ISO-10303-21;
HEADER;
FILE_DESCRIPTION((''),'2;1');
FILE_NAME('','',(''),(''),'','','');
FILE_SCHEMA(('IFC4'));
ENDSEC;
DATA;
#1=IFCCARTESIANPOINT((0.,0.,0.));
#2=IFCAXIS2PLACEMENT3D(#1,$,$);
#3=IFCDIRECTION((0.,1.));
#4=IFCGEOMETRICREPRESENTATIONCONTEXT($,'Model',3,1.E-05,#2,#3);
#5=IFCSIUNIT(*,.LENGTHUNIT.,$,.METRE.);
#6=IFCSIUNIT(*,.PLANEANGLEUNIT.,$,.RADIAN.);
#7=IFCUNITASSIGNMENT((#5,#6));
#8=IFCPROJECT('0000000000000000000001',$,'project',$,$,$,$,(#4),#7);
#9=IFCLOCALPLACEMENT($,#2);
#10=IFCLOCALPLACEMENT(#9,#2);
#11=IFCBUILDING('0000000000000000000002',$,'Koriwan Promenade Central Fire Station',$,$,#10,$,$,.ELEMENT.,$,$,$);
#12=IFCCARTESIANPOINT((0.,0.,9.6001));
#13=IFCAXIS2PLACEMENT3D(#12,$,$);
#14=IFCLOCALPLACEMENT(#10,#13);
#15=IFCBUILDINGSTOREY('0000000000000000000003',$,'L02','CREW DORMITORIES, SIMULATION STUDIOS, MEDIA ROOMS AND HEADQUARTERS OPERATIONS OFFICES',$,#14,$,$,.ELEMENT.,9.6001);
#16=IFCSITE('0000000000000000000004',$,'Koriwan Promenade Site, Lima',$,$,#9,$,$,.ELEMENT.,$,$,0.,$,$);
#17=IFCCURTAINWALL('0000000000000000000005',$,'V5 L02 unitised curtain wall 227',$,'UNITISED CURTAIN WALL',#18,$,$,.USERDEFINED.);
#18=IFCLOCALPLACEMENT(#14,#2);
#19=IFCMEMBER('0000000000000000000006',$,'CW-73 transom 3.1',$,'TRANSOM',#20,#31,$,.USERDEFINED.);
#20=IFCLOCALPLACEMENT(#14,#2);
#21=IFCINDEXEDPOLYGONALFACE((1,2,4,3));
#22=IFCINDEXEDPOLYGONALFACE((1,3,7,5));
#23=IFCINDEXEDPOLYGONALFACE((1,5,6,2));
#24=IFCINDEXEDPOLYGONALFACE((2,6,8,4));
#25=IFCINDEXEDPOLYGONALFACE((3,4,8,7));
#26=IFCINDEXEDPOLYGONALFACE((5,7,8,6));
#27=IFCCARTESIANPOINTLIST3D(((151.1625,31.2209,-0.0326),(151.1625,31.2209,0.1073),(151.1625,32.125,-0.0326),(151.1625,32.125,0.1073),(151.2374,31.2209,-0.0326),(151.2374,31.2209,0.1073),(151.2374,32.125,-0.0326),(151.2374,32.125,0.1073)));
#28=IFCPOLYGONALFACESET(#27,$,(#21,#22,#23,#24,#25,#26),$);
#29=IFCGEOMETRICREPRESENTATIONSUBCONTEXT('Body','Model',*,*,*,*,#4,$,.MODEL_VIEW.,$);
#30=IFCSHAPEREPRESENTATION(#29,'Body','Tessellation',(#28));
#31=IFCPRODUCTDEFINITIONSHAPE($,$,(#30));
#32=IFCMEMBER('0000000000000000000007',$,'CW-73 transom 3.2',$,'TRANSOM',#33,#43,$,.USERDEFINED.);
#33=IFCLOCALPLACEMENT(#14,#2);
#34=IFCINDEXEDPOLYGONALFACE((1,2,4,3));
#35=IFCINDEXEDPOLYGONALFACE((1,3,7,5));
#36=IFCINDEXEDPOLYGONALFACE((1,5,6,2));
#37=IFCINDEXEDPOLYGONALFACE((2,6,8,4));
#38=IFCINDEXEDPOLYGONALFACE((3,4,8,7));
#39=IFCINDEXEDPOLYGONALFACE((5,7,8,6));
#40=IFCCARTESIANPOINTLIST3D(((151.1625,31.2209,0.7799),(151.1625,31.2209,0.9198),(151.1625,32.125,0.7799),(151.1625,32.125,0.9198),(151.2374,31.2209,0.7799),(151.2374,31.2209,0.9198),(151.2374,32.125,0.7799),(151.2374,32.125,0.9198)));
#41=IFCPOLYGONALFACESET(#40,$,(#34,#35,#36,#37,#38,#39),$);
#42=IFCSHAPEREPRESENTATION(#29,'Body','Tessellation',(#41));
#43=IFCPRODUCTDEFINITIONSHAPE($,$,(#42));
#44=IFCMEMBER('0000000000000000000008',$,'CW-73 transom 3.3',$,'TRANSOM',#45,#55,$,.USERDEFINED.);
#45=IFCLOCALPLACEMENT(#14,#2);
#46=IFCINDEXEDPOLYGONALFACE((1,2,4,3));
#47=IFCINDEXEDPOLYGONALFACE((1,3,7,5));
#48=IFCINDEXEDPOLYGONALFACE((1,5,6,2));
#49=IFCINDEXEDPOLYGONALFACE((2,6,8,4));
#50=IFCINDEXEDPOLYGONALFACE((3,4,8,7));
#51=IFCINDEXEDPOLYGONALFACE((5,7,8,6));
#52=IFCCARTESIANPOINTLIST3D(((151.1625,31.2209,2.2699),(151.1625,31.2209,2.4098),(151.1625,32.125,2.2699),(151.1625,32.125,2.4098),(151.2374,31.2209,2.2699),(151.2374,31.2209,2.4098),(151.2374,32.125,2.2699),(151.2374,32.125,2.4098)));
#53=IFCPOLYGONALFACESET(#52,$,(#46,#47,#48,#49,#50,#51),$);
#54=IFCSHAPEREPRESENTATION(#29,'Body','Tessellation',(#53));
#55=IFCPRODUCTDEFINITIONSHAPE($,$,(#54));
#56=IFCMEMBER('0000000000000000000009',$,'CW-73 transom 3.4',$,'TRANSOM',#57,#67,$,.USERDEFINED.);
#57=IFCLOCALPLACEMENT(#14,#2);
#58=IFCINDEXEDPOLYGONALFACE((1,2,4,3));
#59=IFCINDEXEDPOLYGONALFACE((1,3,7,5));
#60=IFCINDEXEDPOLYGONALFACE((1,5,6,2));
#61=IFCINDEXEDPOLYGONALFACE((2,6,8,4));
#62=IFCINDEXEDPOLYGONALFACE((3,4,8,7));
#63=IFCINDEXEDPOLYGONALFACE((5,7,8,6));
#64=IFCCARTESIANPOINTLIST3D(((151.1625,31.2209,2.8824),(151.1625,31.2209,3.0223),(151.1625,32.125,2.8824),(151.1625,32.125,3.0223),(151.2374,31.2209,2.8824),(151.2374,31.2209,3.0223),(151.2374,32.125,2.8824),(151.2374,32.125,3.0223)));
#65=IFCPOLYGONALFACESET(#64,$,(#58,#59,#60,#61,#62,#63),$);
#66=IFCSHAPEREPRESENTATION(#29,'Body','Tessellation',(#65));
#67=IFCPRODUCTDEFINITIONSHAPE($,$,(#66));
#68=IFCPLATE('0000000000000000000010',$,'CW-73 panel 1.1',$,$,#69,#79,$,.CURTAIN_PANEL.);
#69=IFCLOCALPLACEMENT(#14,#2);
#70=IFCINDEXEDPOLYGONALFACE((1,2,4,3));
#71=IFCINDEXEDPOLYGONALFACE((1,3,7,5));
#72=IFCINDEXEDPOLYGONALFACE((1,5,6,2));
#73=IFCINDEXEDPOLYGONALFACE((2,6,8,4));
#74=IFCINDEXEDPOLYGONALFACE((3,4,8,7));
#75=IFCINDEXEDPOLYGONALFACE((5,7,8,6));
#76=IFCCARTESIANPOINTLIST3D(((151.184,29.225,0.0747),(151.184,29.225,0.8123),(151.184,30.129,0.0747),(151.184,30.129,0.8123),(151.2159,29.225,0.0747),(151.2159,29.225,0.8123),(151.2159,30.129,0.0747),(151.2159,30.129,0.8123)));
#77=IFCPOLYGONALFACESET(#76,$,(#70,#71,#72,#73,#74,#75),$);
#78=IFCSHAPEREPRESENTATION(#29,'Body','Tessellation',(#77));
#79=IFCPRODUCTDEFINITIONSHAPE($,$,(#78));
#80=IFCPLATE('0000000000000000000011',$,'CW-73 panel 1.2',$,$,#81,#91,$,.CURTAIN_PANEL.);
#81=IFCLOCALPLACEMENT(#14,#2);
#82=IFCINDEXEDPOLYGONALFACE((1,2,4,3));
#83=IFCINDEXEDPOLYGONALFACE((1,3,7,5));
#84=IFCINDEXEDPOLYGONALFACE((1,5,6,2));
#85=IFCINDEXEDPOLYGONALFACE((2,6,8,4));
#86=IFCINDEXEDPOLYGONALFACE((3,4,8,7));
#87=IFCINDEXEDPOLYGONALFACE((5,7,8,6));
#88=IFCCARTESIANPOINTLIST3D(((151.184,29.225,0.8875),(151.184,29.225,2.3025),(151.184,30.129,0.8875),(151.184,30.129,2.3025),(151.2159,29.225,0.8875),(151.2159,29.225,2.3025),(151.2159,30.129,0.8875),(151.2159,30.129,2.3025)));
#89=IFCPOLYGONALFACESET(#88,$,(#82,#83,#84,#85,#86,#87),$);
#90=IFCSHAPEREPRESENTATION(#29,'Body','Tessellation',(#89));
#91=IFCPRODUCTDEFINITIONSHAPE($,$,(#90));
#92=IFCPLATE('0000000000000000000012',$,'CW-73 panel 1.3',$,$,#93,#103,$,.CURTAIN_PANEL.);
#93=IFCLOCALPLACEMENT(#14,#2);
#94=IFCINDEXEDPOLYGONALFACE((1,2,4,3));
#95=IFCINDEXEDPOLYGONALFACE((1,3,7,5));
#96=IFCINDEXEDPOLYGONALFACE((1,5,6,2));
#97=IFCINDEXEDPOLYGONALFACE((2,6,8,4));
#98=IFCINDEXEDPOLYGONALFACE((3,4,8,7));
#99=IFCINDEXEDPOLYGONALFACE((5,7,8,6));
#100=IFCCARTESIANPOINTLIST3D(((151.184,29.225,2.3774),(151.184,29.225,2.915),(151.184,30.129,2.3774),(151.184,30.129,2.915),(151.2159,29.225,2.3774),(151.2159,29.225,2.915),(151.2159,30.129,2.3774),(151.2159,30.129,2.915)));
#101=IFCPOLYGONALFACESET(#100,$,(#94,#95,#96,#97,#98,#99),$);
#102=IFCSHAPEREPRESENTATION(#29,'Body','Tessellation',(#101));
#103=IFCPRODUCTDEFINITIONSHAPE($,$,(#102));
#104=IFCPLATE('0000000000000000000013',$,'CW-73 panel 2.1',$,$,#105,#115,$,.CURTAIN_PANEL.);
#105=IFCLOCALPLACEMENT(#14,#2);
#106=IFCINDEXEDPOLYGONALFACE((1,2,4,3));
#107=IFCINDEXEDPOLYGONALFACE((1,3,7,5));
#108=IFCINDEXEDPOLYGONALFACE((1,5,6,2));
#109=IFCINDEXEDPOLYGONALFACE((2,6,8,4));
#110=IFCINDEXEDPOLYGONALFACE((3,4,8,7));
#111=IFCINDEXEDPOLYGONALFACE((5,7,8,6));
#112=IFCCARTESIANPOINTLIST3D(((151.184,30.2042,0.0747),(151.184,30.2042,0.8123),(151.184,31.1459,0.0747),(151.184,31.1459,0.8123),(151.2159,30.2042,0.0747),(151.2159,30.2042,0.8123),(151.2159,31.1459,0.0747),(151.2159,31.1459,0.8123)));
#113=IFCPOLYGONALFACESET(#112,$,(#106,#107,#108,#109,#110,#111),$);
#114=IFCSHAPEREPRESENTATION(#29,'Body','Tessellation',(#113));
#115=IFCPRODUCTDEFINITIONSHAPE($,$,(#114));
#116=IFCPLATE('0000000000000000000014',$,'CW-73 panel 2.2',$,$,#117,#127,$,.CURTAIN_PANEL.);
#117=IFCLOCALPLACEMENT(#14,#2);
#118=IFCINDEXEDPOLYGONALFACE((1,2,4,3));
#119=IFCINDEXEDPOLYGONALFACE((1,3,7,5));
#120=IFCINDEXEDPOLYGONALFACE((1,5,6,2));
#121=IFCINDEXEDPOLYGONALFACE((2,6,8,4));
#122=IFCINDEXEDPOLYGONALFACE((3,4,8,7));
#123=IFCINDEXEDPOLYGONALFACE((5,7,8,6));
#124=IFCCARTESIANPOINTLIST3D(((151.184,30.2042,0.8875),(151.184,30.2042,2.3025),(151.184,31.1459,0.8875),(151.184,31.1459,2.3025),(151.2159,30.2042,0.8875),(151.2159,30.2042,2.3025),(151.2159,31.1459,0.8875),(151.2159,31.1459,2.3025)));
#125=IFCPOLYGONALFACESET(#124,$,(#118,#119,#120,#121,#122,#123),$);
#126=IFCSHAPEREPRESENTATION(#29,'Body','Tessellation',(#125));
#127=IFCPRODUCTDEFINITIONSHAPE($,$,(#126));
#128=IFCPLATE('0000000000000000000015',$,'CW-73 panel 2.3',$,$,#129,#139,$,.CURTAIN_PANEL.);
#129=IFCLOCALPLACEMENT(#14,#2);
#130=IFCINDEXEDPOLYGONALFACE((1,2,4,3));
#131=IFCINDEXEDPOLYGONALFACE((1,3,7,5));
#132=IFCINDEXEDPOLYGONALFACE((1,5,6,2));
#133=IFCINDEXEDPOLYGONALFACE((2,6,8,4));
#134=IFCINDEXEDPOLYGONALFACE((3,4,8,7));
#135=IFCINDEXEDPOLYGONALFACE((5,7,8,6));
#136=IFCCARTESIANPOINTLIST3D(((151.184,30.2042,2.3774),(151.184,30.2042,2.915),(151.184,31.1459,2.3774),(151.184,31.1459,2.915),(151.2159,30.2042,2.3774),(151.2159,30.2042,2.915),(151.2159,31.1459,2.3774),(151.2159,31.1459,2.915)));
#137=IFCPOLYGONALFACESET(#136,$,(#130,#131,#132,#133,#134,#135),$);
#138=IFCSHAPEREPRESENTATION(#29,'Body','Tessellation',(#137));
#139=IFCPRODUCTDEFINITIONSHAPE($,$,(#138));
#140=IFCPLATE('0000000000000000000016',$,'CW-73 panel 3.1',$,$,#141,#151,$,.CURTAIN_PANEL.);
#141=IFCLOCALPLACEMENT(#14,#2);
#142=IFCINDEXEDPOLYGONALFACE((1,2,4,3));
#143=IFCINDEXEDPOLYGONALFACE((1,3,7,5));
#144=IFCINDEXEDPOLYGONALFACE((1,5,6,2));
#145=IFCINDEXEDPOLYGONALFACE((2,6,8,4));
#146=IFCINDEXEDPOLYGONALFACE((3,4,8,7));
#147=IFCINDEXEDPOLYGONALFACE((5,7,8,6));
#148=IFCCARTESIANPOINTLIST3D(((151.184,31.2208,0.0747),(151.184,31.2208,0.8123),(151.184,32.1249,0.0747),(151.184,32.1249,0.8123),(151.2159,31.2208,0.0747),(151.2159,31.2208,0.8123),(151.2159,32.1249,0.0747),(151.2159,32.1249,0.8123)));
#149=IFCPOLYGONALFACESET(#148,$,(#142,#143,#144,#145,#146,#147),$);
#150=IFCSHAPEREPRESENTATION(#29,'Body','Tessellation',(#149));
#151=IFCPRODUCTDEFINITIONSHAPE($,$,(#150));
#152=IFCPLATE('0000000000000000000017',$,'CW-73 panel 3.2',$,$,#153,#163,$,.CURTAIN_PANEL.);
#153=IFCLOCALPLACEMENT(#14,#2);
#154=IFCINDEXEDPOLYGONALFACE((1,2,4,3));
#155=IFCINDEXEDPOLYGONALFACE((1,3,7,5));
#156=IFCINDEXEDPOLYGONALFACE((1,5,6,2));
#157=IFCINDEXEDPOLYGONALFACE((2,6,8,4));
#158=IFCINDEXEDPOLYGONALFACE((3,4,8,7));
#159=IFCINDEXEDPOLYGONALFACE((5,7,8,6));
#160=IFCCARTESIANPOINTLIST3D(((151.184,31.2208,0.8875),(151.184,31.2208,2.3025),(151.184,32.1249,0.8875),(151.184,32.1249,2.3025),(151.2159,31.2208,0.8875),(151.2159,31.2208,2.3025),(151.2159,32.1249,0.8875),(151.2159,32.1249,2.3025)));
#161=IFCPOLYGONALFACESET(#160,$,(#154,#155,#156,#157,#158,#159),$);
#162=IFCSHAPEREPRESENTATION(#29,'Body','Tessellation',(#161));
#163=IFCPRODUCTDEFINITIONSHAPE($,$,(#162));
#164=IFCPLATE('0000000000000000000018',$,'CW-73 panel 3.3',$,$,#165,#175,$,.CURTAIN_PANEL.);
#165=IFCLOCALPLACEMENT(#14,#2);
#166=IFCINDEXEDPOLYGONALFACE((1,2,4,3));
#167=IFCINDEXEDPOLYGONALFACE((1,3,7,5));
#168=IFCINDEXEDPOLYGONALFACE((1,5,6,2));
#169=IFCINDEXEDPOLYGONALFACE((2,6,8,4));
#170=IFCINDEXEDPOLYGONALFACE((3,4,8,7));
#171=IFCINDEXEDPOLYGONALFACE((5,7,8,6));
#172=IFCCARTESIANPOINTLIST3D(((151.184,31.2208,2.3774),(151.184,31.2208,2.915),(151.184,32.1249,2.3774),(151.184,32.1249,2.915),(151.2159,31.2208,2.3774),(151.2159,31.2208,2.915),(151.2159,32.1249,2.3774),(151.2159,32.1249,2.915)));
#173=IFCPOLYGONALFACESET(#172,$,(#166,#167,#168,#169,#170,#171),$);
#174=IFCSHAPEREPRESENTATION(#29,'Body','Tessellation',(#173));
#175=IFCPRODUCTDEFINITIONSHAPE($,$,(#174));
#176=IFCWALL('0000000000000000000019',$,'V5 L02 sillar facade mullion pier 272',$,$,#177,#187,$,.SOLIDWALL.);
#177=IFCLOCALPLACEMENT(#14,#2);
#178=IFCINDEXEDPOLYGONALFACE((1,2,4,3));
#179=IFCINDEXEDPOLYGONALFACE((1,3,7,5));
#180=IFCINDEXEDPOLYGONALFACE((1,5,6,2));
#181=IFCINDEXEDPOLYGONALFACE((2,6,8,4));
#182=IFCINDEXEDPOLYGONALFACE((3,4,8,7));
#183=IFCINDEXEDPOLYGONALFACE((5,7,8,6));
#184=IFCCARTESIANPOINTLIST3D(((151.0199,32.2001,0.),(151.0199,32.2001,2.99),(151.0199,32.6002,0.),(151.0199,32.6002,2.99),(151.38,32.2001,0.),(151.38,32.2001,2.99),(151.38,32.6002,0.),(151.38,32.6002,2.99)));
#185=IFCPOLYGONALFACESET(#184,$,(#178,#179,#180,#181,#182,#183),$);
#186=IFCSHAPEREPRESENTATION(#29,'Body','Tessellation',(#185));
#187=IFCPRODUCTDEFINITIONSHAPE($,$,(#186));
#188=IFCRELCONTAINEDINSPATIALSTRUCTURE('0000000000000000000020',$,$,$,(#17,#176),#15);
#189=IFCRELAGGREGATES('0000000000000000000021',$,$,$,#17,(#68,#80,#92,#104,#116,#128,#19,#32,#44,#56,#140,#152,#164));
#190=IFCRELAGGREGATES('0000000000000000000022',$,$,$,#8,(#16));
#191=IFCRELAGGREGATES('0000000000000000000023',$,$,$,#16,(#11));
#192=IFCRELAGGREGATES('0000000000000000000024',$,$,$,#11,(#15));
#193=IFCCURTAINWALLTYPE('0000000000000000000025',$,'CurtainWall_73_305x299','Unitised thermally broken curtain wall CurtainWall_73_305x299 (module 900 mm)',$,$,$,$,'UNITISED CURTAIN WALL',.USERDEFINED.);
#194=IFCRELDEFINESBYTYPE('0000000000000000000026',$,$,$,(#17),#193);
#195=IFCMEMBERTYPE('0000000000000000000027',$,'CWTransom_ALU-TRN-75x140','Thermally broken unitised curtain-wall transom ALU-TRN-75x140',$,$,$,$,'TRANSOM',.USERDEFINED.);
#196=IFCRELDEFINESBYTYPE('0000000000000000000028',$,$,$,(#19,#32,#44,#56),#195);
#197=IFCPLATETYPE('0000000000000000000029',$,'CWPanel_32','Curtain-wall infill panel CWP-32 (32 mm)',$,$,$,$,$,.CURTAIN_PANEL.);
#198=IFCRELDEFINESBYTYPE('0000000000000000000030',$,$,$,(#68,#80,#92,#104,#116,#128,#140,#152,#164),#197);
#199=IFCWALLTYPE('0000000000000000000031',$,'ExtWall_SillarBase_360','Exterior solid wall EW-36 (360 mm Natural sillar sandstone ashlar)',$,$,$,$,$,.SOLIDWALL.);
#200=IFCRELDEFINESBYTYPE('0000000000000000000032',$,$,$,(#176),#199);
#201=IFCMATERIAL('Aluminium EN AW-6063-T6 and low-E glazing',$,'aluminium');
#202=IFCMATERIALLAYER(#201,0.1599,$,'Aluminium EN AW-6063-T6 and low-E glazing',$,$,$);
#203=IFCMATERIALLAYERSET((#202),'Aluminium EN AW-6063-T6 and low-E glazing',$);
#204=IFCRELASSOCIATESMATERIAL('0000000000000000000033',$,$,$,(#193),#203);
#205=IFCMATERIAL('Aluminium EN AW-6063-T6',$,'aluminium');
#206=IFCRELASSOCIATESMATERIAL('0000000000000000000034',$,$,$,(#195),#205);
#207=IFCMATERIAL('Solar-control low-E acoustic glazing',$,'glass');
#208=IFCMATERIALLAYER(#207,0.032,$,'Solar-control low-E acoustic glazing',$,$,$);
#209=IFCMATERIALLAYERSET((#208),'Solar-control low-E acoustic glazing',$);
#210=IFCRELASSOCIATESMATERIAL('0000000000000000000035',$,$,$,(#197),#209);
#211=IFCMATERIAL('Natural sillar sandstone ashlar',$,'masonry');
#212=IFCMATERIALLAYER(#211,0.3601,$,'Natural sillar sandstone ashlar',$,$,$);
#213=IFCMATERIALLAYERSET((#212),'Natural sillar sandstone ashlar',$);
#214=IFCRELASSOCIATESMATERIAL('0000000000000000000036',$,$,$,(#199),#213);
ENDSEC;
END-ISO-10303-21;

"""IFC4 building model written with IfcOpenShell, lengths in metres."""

from ifc_helpers import new_model, si_unit, direction, frame, frame_2d, origin, origin_2d, place, context, subcontext, project, spatial, rectangle, extrude, material, layer, layer_set, material_profile, profile_set, type_object, element, aggregate, save


model = new_model("IFC4")

# Units and contexts
model_context = context("Model", 3, precision=1e-05, world=origin(), true_north=direction((0.0, 1.0)))
body_context = subcontext(model_context, "Body", "Model", "MODEL_VIEW")
ifc_project = project(units=[si_unit("LENGTHUNIT", "METRE"), si_unit("PLANEANGLEUNIT", "RADIAN")], contexts=[model_context])

# Site, building, storey
site_placement = place(None, origin())
site = spatial("IfcSite", under=ifc_project, at=site_placement, Name="Koriwan Promenade Site, Lima", CompositionType="ELEMENT", RefElevation=0.0)
building_placement = place(site_placement, origin())
building = spatial("IfcBuilding", under=site, at=building_placement, Name="Koriwan Promenade Central Fire Station", CompositionType="ELEMENT")
storey_placement = place(building_placement, frame((0.0, 0.0, 9.6001)))
storey = spatial("IfcBuildingStorey", under=building, at=storey_placement, Name="L02", Description="CREW DORMITORIES, SIMULATION STUDIOS, MEDIA ROOMS AND HEADQUARTERS OPERATIONS OFFICES", CompositionType="ELEMENT", Elevation=9.6001)

# Curtain wall
ifc_material_1 = material(Name="Aluminium EN AW-6063-T6 and low-E glazing", Category="aluminium")
ifc_layer_1 = layer(ifc_material_1, 0.1599, Name="Aluminium EN AW-6063-T6 and low-E glazing")
ifc_layer_set_1 = layer_set([ifc_layer_1], Name="Aluminium EN AW-6063-T6 and low-E glazing")
curtain_wall_type_1 = type_object("IfcCurtainWallType", Name="CurtainWall_73_305x299", Description="Unitised thermally broken curtain wall CurtainWall_73_305x299 (module 900 mm)", ElementType="UNITISED CURTAIN WALL", PredefinedType="USERDEFINED", material=ifc_layer_set_1)
curtain_wall_1_placement = place(storey_placement, origin())
curtain_wall_1 = element("IfcCurtainWall", 1, at=curtain_wall_1_placement, inside=storey, type_object=curtain_wall_type_1, Name="V5 L02 unitised curtain wall 227", ObjectType="UNITISED CURTAIN WALL", PredefinedType="USERDEFINED")
ifc_material_2 = material(Name="Aluminium EN AW-6063-T6", Category="aluminium")

# Members
ifc_material_profile_1 = material_profile(ifc_material_2, rectangle(XDim=0.075, YDim=0.1399, at=origin_2d()), Name="ALU-TRN-75x140")
ifc_profile_set_1 = profile_set([ifc_material_profile_1], Name="Aluminium EN AW-6063-T6")
member_type_1 = type_object("IfcMemberType", Name="CWTransom_ALU-TRN-75x140", Description="Thermally broken unitised curtain-wall transom ALU-TRN-75x140", ElementType="TRANSOM", PredefinedType="USERDEFINED", material=ifc_profile_set_1)
member_1_placement = place(storey_placement, frame((151.2, 31.2209, 0.0374), z_axis=(0.0, 1.0, 0.0), x_axis=(-1.0, 0.0, 0.0)))
member_1 = element("IfcMember", 2, at=member_1_placement, type_object=member_type_1, Name="CW-73 transom 3.1", ObjectType="TRANSOM", PredefinedType="USERDEFINED", context=body_context, shape_type="SweptSolid", body=[
    extrude(rectangle(XDim=0.075, YDim=0.1399, at=origin_2d()), origin(), (0.0, 0.0, 1.0), 0.9041),
])
member_2_placement = place(storey_placement, frame((151.2, 31.2209, 0.8499), z_axis=(0.0, 1.0, 0.0), x_axis=(-1.0, 0.0, 0.0)))
member_2 = element("IfcMember", 3, at=member_2_placement, type_object=member_type_1, Name="CW-73 transom 3.2", ObjectType="TRANSOM", PredefinedType="USERDEFINED", context=body_context, shape_type="SweptSolid", body=[
    extrude(rectangle(XDim=0.075, YDim=0.1399, at=origin_2d()), origin(), (0.0, 0.0, 1.0), 0.9041),
])
member_3_placement = place(storey_placement, frame((151.2, 31.2209, 2.3398), z_axis=(0.0, 1.0, 0.0), x_axis=(-1.0, 0.0, 0.0)))
member_3 = element("IfcMember", 4, at=member_3_placement, type_object=member_type_1, Name="CW-73 transom 3.3", ObjectType="TRANSOM", PredefinedType="USERDEFINED", context=body_context, shape_type="SweptSolid", body=[
    extrude(rectangle(XDim=0.075, YDim=0.1399, at=origin_2d()), origin(), (0.0, 0.0, 1.0), 0.9041),
])
member_4_placement = place(storey_placement, frame((151.2, 31.2209, 2.9524), z_axis=(0.0, 1.0, 0.0), x_axis=(-1.0, 0.0, 0.0)))
member_4 = element("IfcMember", 5, at=member_4_placement, type_object=member_type_1, Name="CW-73 transom 3.4", ObjectType="TRANSOM", PredefinedType="USERDEFINED", context=body_context, shape_type="SweptSolid", body=[
    extrude(rectangle(XDim=0.075, YDim=0.1399, at=origin_2d()), origin(), (0.0, 0.0, 1.0), 0.9041),
])

# Plates
ifc_material_3 = material(Name="Solar-control low-E acoustic glazing", Category="glass")
ifc_layer_2 = layer(ifc_material_3, 0.032, Name="Solar-control low-E acoustic glazing")
ifc_layer_set_2 = layer_set([ifc_layer_2], Name="Solar-control low-E acoustic glazing")
plate_type = type_object("IfcPlateType", Name="CWPanel_32", Description="Curtain-wall infill panel CWP-32 (32 mm)", PredefinedType="CURTAIN_PANEL", material=ifc_layer_set_2)
plate_1_placement = place(storey_placement, frame((151.2, 29.677, 0.0747), z_axis=(0.0, 0.0, 1.0), x_axis=(0.0, 1.0, 0.0)))
plate_1 = element("IfcPlate", 6, at=plate_1_placement, type_object=plate_type, Name="CW-73 panel 1.1", PredefinedType="CURTAIN_PANEL", context=body_context, shape_type="SweptSolid", body=[
    extrude(rectangle(XDim=0.9041, YDim=0.032, at=origin_2d()), origin(), (0.0, 0.0, 1.0), 0.7375),
])
plate_2_placement = place(storey_placement, frame((151.2, 29.677, 0.8875), z_axis=(0.0, 0.0, 1.0), x_axis=(0.0, 1.0, 0.0)))
plate_2 = element("IfcPlate", 7, at=plate_2_placement, type_object=plate_type, Name="CW-73 panel 1.2", PredefinedType="CURTAIN_PANEL", context=body_context, shape_type="SweptSolid", body=[
    extrude(rectangle(XDim=0.9041, YDim=0.032, at=origin_2d()), origin(), (0.0, 0.0, 1.0), 1.415),
])
plate_3_placement = place(storey_placement, frame((151.2, 29.677, 2.3774), z_axis=(0.0, 0.0, 1.0), x_axis=(0.0, 1.0, 0.0)))
plate_3 = element("IfcPlate", 8, at=plate_3_placement, type_object=plate_type, Name="CW-73 panel 1.3", PredefinedType="CURTAIN_PANEL", context=body_context, shape_type="SweptSolid", body=[
    extrude(rectangle(XDim=0.9041, YDim=0.032, at=origin_2d()), origin(), (0.0, 0.0, 1.0), 0.5376),
])
plate_4_placement = place(storey_placement, frame((151.2, 30.675, 0.0747), z_axis=(0.0, 0.0, 1.0), x_axis=(0.0, 1.0, 0.0)))
plate_4 = element("IfcPlate", 9, at=plate_4_placement, type_object=plate_type, Name="CW-73 panel 2.1", PredefinedType="CURTAIN_PANEL", context=body_context, shape_type="SweptSolid", body=[
    extrude(rectangle(XDim=0.9417, YDim=0.032, at=origin_2d()), origin(), (0.0, 0.0, 1.0), 0.7375),
])
plate_5_placement = place(storey_placement, frame((151.2, 30.675, 0.8875), z_axis=(0.0, 0.0, 1.0), x_axis=(0.0, 1.0, 0.0)))
plate_5 = element("IfcPlate", 10, at=plate_5_placement, type_object=plate_type, Name="CW-73 panel 2.2", PredefinedType="CURTAIN_PANEL", context=body_context, shape_type="SweptSolid", body=[
    extrude(rectangle(XDim=0.9417, YDim=0.032, at=origin_2d()), origin(), (0.0, 0.0, 1.0), 1.415),
])
plate_6_placement = place(storey_placement, frame((151.2, 30.675, 2.3774), z_axis=(0.0, 0.0, 1.0), x_axis=(0.0, 1.0, 0.0)))
plate_6 = element("IfcPlate", 11, at=plate_6_placement, type_object=plate_type, Name="CW-73 panel 2.3", PredefinedType="CURTAIN_PANEL", context=body_context, shape_type="SweptSolid", body=[
    extrude(rectangle(XDim=0.9417, YDim=0.032, at=origin_2d()), origin(), (0.0, 0.0, 1.0), 0.5376),
])
plate_7_placement = place(storey_placement, frame((151.2, 31.6729, 0.0747), z_axis=(0.0, 0.0, 1.0), x_axis=(0.0, 1.0, 0.0)))
plate_7 = element("IfcPlate", 12, at=plate_7_placement, type_object=plate_type, Name="CW-73 panel 3.1", PredefinedType="CURTAIN_PANEL", context=body_context, shape_type="SweptSolid", body=[
    extrude(rectangle(XDim=0.9041, YDim=0.032, at=origin_2d()), origin(), (0.0, 0.0, 1.0), 0.7375),
])
plate_8_placement = place(storey_placement, frame((151.2, 31.6729, 0.8875), z_axis=(0.0, 0.0, 1.0), x_axis=(0.0, 1.0, 0.0)))
plate_8 = element("IfcPlate", 13, at=plate_8_placement, type_object=plate_type, Name="CW-73 panel 3.2", PredefinedType="CURTAIN_PANEL", context=body_context, shape_type="SweptSolid", body=[
    extrude(rectangle(XDim=0.9041, YDim=0.032, at=origin_2d()), origin(), (0.0, 0.0, 1.0), 1.415),
])
plate_9_placement = place(storey_placement, frame((151.2, 31.6729, 2.3774), z_axis=(0.0, 0.0, 1.0), x_axis=(0.0, 1.0, 0.0)))
plate_9 = element("IfcPlate", 14, at=plate_9_placement, type_object=plate_type, Name="CW-73 panel 3.3", PredefinedType="CURTAIN_PANEL", context=body_context, shape_type="SweptSolid", body=[
    extrude(rectangle(XDim=0.9041, YDim=0.032, at=origin_2d()), origin(), (0.0, 0.0, 1.0), 0.5376),
])
aggregate(curtain_wall_1, [plate_1, plate_2, plate_3, plate_4, plate_5, plate_6, member_1, member_2, member_3, member_4, plate_7, plate_8, plate_9])

# Wall
ifc_material_4 = material(Name="Natural sillar sandstone ashlar", Category="masonry")
ifc_layer_3 = layer(ifc_material_4, 0.3601, Name="Natural sillar sandstone ashlar")
ifc_layer_set_3 = layer_set([ifc_layer_3], Name="Natural sillar sandstone ashlar")
wall_type = type_object("IfcWallType", Name="ExtWall_SillarBase_360", Description="Exterior solid wall EW-36 (360 mm Natural sillar sandstone ashlar)", PredefinedType="SOLIDWALL", material=ifc_layer_set_3)
wall_placement = place(storey_placement, frame((151.2, 32.2, 0.0), z_axis=(0.0, 0.0, 1.0), x_axis=(0.0, 1.0, 0.0)))
element("IfcWall", 15, at=wall_placement, inside=storey, type_object=wall_type, Name="V5 L02 sillar facade mullion pier 272", PredefinedType="SOLIDWALL", context=body_context, shape_type="SweptSolid", body=[
    extrude(rectangle(XDim=0.4001, YDim=0.3601, at=frame_2d((0.2002, 0.0))), origin(), (0.0, 0.0, 1.0), 2.99),
])

save(model, "model.ifc")
